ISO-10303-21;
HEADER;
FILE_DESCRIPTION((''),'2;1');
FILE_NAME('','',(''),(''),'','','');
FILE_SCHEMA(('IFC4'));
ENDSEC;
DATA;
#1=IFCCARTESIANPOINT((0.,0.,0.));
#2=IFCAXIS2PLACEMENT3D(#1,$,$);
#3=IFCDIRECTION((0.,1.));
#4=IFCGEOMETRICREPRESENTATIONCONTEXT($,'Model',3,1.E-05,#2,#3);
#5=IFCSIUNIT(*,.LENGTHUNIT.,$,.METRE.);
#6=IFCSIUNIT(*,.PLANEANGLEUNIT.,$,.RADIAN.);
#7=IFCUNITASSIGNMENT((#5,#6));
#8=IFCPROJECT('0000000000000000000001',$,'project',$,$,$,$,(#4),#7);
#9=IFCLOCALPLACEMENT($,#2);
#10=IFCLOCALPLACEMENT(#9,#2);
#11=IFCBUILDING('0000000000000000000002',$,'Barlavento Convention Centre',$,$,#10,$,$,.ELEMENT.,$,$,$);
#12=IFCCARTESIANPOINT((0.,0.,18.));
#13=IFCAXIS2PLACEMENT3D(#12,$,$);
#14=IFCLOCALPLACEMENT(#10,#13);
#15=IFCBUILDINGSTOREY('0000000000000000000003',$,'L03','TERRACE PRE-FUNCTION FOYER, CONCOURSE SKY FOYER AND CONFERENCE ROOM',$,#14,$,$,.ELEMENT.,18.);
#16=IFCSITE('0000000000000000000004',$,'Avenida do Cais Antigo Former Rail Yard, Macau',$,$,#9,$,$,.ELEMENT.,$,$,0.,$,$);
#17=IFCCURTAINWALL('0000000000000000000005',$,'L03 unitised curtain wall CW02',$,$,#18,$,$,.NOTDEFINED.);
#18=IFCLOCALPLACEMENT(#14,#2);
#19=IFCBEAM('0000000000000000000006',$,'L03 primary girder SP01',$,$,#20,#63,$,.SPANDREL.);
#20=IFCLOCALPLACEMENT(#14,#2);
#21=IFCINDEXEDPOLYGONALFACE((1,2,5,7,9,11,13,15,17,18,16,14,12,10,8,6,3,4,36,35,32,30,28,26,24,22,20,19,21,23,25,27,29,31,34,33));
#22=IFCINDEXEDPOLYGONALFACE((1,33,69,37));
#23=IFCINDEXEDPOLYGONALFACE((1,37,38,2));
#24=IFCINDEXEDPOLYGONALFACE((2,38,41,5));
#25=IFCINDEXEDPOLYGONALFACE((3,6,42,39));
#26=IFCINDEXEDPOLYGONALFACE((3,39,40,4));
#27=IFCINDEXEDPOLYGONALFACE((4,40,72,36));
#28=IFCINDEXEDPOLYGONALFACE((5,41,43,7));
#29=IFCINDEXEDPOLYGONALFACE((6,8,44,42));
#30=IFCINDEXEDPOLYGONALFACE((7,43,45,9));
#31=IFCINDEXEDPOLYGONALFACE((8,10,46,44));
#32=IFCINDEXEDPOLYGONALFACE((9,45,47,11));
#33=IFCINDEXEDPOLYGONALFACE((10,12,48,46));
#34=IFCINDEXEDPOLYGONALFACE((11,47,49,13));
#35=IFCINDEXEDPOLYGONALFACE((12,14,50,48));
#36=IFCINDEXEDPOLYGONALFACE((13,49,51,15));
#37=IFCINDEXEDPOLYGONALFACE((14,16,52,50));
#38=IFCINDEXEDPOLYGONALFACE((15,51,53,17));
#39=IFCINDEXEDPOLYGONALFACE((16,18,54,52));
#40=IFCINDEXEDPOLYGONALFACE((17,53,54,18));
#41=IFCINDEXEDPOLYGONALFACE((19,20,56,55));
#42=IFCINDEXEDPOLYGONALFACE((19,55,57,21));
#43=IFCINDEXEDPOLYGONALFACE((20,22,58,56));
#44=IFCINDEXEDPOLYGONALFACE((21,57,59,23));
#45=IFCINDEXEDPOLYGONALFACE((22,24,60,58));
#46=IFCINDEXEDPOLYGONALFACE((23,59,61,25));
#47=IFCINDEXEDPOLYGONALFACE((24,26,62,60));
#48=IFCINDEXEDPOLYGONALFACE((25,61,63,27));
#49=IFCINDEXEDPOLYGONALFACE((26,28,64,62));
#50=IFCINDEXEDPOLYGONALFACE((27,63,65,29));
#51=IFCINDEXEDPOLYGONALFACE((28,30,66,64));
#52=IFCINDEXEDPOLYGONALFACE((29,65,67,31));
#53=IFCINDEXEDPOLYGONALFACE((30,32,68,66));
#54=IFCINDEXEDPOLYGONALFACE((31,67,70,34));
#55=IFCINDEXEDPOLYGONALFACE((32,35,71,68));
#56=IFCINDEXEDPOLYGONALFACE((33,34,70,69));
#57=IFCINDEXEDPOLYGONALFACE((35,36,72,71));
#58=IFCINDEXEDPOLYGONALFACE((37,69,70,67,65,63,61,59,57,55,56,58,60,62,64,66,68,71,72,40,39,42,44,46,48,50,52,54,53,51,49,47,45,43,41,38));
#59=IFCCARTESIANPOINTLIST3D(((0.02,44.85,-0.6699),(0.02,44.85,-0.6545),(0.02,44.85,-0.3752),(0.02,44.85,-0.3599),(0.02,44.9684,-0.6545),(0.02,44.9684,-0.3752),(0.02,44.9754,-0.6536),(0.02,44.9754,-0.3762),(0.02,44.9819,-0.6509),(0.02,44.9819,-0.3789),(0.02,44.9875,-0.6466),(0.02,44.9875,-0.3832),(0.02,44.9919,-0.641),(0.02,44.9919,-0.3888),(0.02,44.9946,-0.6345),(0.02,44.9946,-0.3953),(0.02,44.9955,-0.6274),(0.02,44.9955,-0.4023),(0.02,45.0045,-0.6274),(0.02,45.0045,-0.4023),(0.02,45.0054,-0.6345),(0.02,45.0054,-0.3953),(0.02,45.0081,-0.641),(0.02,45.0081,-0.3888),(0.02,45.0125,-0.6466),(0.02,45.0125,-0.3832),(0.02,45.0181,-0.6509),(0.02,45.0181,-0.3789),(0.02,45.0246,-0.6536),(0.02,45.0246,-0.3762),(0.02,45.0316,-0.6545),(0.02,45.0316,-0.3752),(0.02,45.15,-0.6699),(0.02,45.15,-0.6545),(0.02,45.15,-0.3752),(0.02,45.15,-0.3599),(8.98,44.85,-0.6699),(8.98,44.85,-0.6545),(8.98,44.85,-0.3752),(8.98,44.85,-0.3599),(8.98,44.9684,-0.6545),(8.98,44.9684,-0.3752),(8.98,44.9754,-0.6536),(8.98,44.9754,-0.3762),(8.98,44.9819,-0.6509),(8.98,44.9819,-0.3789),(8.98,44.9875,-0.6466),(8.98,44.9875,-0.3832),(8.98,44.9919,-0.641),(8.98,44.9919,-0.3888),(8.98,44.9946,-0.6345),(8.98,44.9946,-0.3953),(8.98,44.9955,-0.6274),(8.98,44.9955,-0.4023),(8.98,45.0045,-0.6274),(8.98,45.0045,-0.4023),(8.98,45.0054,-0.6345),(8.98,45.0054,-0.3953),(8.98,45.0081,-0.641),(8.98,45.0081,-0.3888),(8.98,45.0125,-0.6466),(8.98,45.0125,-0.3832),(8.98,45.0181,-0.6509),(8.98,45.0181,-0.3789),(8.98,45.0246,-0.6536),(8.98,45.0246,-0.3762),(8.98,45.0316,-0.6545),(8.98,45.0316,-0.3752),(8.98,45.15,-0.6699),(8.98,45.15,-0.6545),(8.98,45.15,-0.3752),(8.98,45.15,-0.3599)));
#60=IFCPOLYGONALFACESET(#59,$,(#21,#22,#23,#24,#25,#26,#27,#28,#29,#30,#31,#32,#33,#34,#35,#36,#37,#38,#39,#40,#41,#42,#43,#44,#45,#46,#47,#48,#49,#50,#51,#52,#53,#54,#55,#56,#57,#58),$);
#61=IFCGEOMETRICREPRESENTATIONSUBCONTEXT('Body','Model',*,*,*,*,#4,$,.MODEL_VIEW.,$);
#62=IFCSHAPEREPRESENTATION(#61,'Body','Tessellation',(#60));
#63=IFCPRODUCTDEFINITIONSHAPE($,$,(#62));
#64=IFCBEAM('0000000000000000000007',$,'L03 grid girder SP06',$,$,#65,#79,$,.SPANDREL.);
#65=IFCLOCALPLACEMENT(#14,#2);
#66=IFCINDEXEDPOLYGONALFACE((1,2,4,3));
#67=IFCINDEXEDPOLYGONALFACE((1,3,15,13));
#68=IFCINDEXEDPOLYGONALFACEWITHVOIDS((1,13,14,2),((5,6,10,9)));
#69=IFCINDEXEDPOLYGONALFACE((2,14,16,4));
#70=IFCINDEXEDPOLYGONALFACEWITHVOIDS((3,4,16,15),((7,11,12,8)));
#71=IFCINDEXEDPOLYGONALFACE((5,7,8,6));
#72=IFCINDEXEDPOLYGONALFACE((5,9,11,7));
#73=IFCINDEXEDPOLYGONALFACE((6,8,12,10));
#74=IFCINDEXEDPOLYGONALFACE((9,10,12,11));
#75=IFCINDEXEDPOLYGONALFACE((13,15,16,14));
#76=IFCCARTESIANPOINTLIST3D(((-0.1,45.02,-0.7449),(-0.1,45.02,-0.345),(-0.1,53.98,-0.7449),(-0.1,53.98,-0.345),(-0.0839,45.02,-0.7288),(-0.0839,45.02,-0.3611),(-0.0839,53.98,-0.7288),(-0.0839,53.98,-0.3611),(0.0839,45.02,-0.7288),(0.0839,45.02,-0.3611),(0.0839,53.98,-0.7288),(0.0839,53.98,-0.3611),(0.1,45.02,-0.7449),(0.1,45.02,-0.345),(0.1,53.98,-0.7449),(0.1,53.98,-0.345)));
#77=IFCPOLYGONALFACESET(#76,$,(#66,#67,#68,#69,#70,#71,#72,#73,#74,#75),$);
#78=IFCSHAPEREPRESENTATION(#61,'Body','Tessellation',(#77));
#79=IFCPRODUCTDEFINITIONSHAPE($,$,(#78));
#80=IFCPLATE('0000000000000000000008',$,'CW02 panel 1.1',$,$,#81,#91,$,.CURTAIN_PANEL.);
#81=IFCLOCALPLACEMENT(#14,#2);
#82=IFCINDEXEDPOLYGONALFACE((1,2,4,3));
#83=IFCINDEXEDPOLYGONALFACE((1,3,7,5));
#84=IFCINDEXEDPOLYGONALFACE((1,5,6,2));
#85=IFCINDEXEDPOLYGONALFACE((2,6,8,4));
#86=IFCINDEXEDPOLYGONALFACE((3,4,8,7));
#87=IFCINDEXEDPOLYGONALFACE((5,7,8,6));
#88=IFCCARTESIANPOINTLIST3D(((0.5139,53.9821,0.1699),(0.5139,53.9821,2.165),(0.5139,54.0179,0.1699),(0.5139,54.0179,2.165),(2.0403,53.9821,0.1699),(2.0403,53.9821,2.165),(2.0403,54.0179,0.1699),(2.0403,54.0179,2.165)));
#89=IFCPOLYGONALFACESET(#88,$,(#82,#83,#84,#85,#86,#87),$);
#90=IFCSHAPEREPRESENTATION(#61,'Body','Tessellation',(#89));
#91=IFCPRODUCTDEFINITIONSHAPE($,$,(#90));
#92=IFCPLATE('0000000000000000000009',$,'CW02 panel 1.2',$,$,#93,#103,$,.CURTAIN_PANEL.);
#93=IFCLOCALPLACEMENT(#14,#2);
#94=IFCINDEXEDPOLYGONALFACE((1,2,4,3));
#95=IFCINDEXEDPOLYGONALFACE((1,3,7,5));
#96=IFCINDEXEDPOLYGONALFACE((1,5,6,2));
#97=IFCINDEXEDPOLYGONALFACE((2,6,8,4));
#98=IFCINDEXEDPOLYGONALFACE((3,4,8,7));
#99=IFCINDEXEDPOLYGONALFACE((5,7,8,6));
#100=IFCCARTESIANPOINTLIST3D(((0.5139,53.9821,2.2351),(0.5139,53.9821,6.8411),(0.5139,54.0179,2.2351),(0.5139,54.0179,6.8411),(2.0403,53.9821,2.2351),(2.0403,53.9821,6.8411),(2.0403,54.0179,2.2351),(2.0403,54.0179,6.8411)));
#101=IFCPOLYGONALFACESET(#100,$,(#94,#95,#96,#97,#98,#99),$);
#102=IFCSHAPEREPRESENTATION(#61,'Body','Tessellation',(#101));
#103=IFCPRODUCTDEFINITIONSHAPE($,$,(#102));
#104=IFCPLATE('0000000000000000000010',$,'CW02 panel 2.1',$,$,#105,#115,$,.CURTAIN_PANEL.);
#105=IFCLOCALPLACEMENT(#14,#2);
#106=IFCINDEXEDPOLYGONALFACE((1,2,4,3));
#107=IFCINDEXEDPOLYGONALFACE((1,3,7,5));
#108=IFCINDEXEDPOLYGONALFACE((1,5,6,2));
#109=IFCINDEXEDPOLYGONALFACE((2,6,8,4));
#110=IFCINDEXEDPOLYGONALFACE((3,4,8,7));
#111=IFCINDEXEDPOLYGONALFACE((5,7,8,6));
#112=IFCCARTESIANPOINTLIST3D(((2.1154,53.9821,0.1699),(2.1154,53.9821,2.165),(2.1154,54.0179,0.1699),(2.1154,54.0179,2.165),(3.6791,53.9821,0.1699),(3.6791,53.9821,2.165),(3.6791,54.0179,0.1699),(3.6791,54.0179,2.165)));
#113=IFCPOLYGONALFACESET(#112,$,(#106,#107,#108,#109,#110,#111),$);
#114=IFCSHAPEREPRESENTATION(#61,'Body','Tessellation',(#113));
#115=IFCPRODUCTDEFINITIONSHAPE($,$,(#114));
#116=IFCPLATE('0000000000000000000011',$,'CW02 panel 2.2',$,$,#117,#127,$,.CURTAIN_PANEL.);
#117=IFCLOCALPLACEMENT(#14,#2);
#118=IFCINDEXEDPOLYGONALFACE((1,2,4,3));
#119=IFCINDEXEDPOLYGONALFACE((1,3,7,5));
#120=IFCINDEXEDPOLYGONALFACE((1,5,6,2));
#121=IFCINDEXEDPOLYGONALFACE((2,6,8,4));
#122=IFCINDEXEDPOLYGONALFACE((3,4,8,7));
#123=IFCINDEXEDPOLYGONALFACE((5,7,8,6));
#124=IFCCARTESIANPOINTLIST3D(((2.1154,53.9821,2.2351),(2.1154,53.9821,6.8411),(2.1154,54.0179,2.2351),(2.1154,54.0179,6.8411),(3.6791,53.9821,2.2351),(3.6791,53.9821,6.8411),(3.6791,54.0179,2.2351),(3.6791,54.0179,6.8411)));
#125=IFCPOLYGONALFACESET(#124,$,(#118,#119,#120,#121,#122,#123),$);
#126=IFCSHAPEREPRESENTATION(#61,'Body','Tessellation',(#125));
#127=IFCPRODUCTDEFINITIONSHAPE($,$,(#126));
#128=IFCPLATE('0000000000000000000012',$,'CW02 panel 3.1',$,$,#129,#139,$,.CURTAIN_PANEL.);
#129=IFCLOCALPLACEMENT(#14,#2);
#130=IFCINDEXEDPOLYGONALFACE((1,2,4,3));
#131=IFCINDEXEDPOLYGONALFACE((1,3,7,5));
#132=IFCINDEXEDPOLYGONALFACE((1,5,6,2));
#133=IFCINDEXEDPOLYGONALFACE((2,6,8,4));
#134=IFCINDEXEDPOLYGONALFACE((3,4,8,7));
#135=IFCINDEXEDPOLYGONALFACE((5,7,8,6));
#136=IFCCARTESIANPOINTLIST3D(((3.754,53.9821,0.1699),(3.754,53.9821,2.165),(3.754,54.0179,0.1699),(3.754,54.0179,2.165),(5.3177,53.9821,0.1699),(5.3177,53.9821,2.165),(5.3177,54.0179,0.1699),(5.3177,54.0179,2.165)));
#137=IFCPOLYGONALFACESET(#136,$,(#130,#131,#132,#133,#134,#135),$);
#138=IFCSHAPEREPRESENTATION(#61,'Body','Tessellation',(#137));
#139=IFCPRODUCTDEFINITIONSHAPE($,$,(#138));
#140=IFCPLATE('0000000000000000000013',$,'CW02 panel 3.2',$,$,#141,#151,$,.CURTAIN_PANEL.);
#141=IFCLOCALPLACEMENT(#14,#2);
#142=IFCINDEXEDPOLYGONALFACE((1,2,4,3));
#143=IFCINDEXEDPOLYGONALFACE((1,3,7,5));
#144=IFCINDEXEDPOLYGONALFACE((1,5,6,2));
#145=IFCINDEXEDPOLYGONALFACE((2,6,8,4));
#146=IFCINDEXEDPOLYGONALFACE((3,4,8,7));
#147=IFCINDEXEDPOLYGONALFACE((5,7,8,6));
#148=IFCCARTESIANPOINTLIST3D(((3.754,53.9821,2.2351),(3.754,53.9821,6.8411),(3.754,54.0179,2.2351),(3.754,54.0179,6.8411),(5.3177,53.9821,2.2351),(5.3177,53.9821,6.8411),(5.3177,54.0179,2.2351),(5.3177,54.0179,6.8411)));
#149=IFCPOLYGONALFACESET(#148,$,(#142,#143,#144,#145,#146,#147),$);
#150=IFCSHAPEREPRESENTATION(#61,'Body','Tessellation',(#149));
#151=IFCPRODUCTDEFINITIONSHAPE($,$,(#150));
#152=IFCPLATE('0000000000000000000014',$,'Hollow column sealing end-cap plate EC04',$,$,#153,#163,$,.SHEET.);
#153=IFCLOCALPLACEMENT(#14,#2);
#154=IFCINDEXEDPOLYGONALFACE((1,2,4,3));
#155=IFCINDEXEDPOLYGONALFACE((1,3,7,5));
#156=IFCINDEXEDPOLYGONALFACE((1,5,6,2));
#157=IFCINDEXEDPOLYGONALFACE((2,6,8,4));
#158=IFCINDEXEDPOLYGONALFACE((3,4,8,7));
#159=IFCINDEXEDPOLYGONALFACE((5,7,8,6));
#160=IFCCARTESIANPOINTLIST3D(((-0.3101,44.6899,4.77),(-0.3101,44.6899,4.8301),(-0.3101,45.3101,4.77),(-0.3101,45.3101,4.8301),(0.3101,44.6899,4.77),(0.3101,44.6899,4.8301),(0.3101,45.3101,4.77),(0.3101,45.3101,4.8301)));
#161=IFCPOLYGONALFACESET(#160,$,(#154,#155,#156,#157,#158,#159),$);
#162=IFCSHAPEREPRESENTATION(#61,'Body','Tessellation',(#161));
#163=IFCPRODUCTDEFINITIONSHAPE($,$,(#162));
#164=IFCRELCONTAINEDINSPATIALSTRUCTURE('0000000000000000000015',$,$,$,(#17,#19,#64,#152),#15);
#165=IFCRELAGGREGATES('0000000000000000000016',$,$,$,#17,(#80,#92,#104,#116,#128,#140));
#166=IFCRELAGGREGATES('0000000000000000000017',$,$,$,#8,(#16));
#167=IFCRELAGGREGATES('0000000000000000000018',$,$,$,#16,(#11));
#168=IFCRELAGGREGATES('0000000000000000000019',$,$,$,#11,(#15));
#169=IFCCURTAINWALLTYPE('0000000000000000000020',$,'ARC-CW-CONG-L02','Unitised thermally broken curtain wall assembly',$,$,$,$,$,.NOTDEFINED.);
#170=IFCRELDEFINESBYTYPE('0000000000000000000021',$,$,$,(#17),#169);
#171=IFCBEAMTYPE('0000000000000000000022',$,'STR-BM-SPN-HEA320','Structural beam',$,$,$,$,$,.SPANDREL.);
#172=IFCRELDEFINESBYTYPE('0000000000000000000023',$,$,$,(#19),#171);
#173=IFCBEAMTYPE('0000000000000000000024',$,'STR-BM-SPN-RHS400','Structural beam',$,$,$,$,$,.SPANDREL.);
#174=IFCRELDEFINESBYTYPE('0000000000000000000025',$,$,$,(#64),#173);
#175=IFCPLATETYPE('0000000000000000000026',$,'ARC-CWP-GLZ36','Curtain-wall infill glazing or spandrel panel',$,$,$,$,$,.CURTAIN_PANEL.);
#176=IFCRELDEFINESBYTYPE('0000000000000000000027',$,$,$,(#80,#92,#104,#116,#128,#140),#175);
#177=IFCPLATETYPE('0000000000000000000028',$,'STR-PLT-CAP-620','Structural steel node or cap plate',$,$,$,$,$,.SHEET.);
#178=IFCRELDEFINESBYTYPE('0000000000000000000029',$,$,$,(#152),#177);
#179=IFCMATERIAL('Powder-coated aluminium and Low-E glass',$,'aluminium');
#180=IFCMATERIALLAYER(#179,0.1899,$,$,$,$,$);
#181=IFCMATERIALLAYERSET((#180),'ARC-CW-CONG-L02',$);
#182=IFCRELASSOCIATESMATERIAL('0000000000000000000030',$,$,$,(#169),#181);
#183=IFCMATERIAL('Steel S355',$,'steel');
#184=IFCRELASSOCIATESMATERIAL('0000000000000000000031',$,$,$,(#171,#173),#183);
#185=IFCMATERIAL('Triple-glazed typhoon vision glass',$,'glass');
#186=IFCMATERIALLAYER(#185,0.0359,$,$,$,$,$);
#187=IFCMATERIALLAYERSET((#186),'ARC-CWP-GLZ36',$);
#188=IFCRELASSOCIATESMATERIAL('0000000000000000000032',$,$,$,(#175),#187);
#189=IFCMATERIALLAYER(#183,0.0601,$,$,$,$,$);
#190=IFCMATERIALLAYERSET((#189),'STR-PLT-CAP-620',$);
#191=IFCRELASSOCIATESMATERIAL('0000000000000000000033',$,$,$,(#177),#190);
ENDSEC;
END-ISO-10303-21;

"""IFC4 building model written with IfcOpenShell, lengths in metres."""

from ifc_helpers import new_model, si_unit, direction, frame, origin, origin_2d, place, context, subcontext, project, spatial, rectangle, hollow_rectangle, i_section, extrude, material, layer, layer_set, material_profile, profile_set, type_object, element, aggregate, save


model = new_model("IFC4")

# Units and contexts
model_context = context("Model", 3, precision=1e-05, world=origin(), true_north=direction((0.0, 1.0)))
body_context = subcontext(model_context, "Body", "Model", "MODEL_VIEW")
ifc_project = project(units=[si_unit("LENGTHUNIT", "METRE"), si_unit("PLANEANGLEUNIT", "RADIAN")], contexts=[model_context])

# Site, building, storey
site_placement = place(None, origin())
site = spatial("IfcSite", under=ifc_project, at=site_placement, Name="Avenida do Cais Antigo Former Rail Yard, Macau", CompositionType="ELEMENT", RefElevation=0.0)
building_placement = place(site_placement, origin())
building = spatial("IfcBuilding", under=site, at=building_placement, Name="Barlavento Convention Centre", CompositionType="ELEMENT")
storey_placement = place(building_placement, frame((0.0, 0.0, 18.0)))
storey = spatial("IfcBuildingStorey", under=building, at=storey_placement, Name="L03", Description="TERRACE PRE-FUNCTION FOYER, CONCOURSE SKY FOYER AND CONFERENCE ROOM", CompositionType="ELEMENT", Elevation=18.0)

# Shared definitions
ifc_material_1 = material(Name="Steel S355", Category="steel")

# Curtain wall
ifc_material_2 = material(Name="Powder-coated aluminium and Low-E glass", Category="aluminium")
ifc_layer_1 = layer(ifc_material_2, 0.1899)
ifc_layer_set_1 = layer_set([ifc_layer_1], Name="ARC-CW-CONG-L02")
curtain_wall_type = type_object("IfcCurtainWallType", Name="ARC-CW-CONG-L02", Description="Unitised thermally broken curtain wall assembly", PredefinedType="NOTDEFINED", material=ifc_layer_set_1)
curtain_wall_placement = place(storey_placement, origin())
curtain_wall = element("IfcCurtainWall", 1, at=curtain_wall_placement, inside=storey, type_object=curtain_wall_type, Name="L03 unitised curtain wall CW02", PredefinedType="NOTDEFINED")

# Beams
ifc_material_profile_1 = material_profile(ifc_material_1, i_section(OverallWidth=0.3, OverallDepth=0.3101, WebThickness=0.009, FlangeThickness=0.0154, FilletRadius=0.0271, at=origin_2d()), Name="HEA 320")
ifc_profile_set_1 = profile_set([ifc_material_profile_1], Name="Steel S355")
beam_type_1 = type_object("IfcBeamType", Name="STR-BM-SPN-HEA320", Description="Structural beam", PredefinedType="SPANDREL", material=ifc_profile_set_1)
beam_1_placement = place(storey_placement, frame((0.02, 45.0, -0.5149), z_axis=(1.0, 0.0, 0.0), x_axis=(0.0, 1.0, 0.0)))
element("IfcBeam", 2, at=beam_1_placement, inside=storey, type_object=beam_type_1, Name="L03 primary girder SP01", PredefinedType="SPANDREL", context=body_context, shape_type="SweptSolid", body=[
    extrude(i_section(OverallWidth=0.3, OverallDepth=0.3101, WebThickness=0.009, FlangeThickness=0.0154, FilletRadius=0.0271, at=origin_2d()), origin(), (0.0, 0.0, 1.0), 8.96),
])
ifc_material_profile_2 = material_profile(ifc_material_1, hollow_rectangle(XDim=0.2, YDim=0.3999, WallThickness=0.0161, at=origin_2d()), Name="RHS 400x200x16.0")
ifc_profile_set_2 = profile_set([ifc_material_profile_2], Name="Steel S355")
beam_type_2 = type_object("IfcBeamType", Name="STR-BM-SPN-RHS400", Description="Structural beam", PredefinedType="SPANDREL", material=ifc_profile_set_2)
beam_2_placement = place(storey_placement, frame((0.0, 45.02, -0.5449), z_axis=(0.0, 1.0, 0.0), x_axis=(-1.0, 0.0, 0.0)))
element("IfcBeam", 3, at=beam_2_placement, inside=storey, type_object=beam_type_2, Name="L03 grid girder SP06", PredefinedType="SPANDREL", context=body_context, shape_type="SweptSolid", body=[
    extrude(hollow_rectangle(XDim=0.2, YDim=0.3999, WallThickness=0.0161, at=origin_2d()), origin(), (0.0, 0.0, 1.0), 8.96),
])

# Plates
ifc_material_3 = material(Name="Triple-glazed typhoon vision glass", Category="glass")
ifc_layer_2 = layer(ifc_material_3, 0.0359)
ifc_layer_set_2 = layer_set([ifc_layer_2], Name="ARC-CWP-GLZ36")
plate_type_1 = type_object("IfcPlateType", Name="ARC-CWP-GLZ36", Description="Curtain-wall infill glazing or spandrel panel", PredefinedType="CURTAIN_PANEL", material=ifc_layer_set_2)
plate_1_placement = place(storey_placement, frame((1.2771, 54.0, 0.1699), z_axis=(0.0, 0.0, 1.0), x_axis=(1.0, 0.0, 0.0)))
plate_1 = element("IfcPlate", 4, at=plate_1_placement, type_object=plate_type_1, Name="CW02 panel 1.1", PredefinedType="CURTAIN_PANEL", context=body_context, shape_type="SweptSolid", body=[
    extrude(rectangle(XDim=1.5264, YDim=0.0359, at=origin_2d()), origin(), (0.0, 0.0, 1.0), 1.9951),
])
plate_2_placement = place(storey_placement, frame((1.2771, 54.0, 2.2351), z_axis=(0.0, 0.0, 1.0), x_axis=(1.0, 0.0, 0.0)))
plate_2 = element("IfcPlate", 5, at=plate_2_placement, type_object=plate_type_1, Name="CW02 panel 1.2", PredefinedType="CURTAIN_PANEL", context=body_context, shape_type="SweptSolid", body=[
    extrude(rectangle(XDim=1.5264, YDim=0.0359, at=origin_2d()), origin(), (0.0, 0.0, 1.0), 4.606),
])
plate_3_placement = place(storey_placement, frame((2.8972, 54.0, 0.1699), z_axis=(0.0, 0.0, 1.0), x_axis=(1.0, 0.0, 0.0)))
plate_3 = element("IfcPlate", 6, at=plate_3_placement, type_object=plate_type_1, Name="CW02 panel 2.1", PredefinedType="CURTAIN_PANEL", context=body_context, shape_type="SweptSolid", body=[
    extrude(rectangle(XDim=1.5637, YDim=0.0359, at=origin_2d()), origin(), (0.0, 0.0, 1.0), 1.9951),
])
plate_4_placement = place(storey_placement, frame((2.8972, 54.0, 2.2351), z_axis=(0.0, 0.0, 1.0), x_axis=(1.0, 0.0, 0.0)))
plate_4 = element("IfcPlate", 7, at=plate_4_placement, type_object=plate_type_1, Name="CW02 panel 2.2", PredefinedType="CURTAIN_PANEL", context=body_context, shape_type="SweptSolid", body=[
    extrude(rectangle(XDim=1.5637, YDim=0.0359, at=origin_2d()), origin(), (0.0, 0.0, 1.0), 4.606),
])
plate_5_placement = place(storey_placement, frame((4.5359, 54.0, 0.1699), z_axis=(0.0, 0.0, 1.0), x_axis=(1.0, 0.0, 0.0)))
plate_5 = element("IfcPlate", 8, at=plate_5_placement, type_object=plate_type_1, Name="CW02 panel 3.1", PredefinedType="CURTAIN_PANEL", context=body_context, shape_type="SweptSolid", body=[
    extrude(rectangle(XDim=1.5637, YDim=0.0359, at=origin_2d()), origin(), (0.0, 0.0, 1.0), 1.9951),
])
plate_6_placement = place(storey_placement, frame((4.5359, 54.0, 2.2351), z_axis=(0.0, 0.0, 1.0), x_axis=(1.0, 0.0, 0.0)))
plate_6 = element("IfcPlate", 9, at=plate_6_placement, type_object=plate_type_1, Name="CW02 panel 3.2", PredefinedType="CURTAIN_PANEL", context=body_context, shape_type="SweptSolid", body=[
    extrude(rectangle(XDim=1.5637, YDim=0.0359, at=origin_2d()), origin(), (0.0, 0.0, 1.0), 4.606),
])
aggregate(curtain_wall, [plate_1, plate_2, plate_3, plate_4, plate_5, plate_6])
ifc_layer_3 = layer(ifc_material_1, 0.0601)
ifc_layer_set_3 = layer_set([ifc_layer_3], Name="STR-PLT-CAP-620")
plate_type_2 = type_object("IfcPlateType", Name="STR-PLT-CAP-620", Description="Structural steel node or cap plate", PredefinedType="SHEET", material=ifc_layer_set_3)
plate_7_placement = place(storey_placement, frame((0.0, 45.0, 4.77), z_axis=(0.0, 0.0, 1.0), x_axis=(1.0, 0.0, 0.0)))
element("IfcPlate", 10, at=plate_7_placement, inside=storey, type_object=plate_type_2, Name="Hollow column sealing end-cap plate EC04", PredefinedType="SHEET", context=body_context, shape_type="SweptSolid", body=[
    extrude(rectangle(XDim=0.6201, YDim=0.6201, at=origin_2d()), origin(), (0.0, 0.0, 1.0), 0.0601),
])

save(model, "model.ifc")
